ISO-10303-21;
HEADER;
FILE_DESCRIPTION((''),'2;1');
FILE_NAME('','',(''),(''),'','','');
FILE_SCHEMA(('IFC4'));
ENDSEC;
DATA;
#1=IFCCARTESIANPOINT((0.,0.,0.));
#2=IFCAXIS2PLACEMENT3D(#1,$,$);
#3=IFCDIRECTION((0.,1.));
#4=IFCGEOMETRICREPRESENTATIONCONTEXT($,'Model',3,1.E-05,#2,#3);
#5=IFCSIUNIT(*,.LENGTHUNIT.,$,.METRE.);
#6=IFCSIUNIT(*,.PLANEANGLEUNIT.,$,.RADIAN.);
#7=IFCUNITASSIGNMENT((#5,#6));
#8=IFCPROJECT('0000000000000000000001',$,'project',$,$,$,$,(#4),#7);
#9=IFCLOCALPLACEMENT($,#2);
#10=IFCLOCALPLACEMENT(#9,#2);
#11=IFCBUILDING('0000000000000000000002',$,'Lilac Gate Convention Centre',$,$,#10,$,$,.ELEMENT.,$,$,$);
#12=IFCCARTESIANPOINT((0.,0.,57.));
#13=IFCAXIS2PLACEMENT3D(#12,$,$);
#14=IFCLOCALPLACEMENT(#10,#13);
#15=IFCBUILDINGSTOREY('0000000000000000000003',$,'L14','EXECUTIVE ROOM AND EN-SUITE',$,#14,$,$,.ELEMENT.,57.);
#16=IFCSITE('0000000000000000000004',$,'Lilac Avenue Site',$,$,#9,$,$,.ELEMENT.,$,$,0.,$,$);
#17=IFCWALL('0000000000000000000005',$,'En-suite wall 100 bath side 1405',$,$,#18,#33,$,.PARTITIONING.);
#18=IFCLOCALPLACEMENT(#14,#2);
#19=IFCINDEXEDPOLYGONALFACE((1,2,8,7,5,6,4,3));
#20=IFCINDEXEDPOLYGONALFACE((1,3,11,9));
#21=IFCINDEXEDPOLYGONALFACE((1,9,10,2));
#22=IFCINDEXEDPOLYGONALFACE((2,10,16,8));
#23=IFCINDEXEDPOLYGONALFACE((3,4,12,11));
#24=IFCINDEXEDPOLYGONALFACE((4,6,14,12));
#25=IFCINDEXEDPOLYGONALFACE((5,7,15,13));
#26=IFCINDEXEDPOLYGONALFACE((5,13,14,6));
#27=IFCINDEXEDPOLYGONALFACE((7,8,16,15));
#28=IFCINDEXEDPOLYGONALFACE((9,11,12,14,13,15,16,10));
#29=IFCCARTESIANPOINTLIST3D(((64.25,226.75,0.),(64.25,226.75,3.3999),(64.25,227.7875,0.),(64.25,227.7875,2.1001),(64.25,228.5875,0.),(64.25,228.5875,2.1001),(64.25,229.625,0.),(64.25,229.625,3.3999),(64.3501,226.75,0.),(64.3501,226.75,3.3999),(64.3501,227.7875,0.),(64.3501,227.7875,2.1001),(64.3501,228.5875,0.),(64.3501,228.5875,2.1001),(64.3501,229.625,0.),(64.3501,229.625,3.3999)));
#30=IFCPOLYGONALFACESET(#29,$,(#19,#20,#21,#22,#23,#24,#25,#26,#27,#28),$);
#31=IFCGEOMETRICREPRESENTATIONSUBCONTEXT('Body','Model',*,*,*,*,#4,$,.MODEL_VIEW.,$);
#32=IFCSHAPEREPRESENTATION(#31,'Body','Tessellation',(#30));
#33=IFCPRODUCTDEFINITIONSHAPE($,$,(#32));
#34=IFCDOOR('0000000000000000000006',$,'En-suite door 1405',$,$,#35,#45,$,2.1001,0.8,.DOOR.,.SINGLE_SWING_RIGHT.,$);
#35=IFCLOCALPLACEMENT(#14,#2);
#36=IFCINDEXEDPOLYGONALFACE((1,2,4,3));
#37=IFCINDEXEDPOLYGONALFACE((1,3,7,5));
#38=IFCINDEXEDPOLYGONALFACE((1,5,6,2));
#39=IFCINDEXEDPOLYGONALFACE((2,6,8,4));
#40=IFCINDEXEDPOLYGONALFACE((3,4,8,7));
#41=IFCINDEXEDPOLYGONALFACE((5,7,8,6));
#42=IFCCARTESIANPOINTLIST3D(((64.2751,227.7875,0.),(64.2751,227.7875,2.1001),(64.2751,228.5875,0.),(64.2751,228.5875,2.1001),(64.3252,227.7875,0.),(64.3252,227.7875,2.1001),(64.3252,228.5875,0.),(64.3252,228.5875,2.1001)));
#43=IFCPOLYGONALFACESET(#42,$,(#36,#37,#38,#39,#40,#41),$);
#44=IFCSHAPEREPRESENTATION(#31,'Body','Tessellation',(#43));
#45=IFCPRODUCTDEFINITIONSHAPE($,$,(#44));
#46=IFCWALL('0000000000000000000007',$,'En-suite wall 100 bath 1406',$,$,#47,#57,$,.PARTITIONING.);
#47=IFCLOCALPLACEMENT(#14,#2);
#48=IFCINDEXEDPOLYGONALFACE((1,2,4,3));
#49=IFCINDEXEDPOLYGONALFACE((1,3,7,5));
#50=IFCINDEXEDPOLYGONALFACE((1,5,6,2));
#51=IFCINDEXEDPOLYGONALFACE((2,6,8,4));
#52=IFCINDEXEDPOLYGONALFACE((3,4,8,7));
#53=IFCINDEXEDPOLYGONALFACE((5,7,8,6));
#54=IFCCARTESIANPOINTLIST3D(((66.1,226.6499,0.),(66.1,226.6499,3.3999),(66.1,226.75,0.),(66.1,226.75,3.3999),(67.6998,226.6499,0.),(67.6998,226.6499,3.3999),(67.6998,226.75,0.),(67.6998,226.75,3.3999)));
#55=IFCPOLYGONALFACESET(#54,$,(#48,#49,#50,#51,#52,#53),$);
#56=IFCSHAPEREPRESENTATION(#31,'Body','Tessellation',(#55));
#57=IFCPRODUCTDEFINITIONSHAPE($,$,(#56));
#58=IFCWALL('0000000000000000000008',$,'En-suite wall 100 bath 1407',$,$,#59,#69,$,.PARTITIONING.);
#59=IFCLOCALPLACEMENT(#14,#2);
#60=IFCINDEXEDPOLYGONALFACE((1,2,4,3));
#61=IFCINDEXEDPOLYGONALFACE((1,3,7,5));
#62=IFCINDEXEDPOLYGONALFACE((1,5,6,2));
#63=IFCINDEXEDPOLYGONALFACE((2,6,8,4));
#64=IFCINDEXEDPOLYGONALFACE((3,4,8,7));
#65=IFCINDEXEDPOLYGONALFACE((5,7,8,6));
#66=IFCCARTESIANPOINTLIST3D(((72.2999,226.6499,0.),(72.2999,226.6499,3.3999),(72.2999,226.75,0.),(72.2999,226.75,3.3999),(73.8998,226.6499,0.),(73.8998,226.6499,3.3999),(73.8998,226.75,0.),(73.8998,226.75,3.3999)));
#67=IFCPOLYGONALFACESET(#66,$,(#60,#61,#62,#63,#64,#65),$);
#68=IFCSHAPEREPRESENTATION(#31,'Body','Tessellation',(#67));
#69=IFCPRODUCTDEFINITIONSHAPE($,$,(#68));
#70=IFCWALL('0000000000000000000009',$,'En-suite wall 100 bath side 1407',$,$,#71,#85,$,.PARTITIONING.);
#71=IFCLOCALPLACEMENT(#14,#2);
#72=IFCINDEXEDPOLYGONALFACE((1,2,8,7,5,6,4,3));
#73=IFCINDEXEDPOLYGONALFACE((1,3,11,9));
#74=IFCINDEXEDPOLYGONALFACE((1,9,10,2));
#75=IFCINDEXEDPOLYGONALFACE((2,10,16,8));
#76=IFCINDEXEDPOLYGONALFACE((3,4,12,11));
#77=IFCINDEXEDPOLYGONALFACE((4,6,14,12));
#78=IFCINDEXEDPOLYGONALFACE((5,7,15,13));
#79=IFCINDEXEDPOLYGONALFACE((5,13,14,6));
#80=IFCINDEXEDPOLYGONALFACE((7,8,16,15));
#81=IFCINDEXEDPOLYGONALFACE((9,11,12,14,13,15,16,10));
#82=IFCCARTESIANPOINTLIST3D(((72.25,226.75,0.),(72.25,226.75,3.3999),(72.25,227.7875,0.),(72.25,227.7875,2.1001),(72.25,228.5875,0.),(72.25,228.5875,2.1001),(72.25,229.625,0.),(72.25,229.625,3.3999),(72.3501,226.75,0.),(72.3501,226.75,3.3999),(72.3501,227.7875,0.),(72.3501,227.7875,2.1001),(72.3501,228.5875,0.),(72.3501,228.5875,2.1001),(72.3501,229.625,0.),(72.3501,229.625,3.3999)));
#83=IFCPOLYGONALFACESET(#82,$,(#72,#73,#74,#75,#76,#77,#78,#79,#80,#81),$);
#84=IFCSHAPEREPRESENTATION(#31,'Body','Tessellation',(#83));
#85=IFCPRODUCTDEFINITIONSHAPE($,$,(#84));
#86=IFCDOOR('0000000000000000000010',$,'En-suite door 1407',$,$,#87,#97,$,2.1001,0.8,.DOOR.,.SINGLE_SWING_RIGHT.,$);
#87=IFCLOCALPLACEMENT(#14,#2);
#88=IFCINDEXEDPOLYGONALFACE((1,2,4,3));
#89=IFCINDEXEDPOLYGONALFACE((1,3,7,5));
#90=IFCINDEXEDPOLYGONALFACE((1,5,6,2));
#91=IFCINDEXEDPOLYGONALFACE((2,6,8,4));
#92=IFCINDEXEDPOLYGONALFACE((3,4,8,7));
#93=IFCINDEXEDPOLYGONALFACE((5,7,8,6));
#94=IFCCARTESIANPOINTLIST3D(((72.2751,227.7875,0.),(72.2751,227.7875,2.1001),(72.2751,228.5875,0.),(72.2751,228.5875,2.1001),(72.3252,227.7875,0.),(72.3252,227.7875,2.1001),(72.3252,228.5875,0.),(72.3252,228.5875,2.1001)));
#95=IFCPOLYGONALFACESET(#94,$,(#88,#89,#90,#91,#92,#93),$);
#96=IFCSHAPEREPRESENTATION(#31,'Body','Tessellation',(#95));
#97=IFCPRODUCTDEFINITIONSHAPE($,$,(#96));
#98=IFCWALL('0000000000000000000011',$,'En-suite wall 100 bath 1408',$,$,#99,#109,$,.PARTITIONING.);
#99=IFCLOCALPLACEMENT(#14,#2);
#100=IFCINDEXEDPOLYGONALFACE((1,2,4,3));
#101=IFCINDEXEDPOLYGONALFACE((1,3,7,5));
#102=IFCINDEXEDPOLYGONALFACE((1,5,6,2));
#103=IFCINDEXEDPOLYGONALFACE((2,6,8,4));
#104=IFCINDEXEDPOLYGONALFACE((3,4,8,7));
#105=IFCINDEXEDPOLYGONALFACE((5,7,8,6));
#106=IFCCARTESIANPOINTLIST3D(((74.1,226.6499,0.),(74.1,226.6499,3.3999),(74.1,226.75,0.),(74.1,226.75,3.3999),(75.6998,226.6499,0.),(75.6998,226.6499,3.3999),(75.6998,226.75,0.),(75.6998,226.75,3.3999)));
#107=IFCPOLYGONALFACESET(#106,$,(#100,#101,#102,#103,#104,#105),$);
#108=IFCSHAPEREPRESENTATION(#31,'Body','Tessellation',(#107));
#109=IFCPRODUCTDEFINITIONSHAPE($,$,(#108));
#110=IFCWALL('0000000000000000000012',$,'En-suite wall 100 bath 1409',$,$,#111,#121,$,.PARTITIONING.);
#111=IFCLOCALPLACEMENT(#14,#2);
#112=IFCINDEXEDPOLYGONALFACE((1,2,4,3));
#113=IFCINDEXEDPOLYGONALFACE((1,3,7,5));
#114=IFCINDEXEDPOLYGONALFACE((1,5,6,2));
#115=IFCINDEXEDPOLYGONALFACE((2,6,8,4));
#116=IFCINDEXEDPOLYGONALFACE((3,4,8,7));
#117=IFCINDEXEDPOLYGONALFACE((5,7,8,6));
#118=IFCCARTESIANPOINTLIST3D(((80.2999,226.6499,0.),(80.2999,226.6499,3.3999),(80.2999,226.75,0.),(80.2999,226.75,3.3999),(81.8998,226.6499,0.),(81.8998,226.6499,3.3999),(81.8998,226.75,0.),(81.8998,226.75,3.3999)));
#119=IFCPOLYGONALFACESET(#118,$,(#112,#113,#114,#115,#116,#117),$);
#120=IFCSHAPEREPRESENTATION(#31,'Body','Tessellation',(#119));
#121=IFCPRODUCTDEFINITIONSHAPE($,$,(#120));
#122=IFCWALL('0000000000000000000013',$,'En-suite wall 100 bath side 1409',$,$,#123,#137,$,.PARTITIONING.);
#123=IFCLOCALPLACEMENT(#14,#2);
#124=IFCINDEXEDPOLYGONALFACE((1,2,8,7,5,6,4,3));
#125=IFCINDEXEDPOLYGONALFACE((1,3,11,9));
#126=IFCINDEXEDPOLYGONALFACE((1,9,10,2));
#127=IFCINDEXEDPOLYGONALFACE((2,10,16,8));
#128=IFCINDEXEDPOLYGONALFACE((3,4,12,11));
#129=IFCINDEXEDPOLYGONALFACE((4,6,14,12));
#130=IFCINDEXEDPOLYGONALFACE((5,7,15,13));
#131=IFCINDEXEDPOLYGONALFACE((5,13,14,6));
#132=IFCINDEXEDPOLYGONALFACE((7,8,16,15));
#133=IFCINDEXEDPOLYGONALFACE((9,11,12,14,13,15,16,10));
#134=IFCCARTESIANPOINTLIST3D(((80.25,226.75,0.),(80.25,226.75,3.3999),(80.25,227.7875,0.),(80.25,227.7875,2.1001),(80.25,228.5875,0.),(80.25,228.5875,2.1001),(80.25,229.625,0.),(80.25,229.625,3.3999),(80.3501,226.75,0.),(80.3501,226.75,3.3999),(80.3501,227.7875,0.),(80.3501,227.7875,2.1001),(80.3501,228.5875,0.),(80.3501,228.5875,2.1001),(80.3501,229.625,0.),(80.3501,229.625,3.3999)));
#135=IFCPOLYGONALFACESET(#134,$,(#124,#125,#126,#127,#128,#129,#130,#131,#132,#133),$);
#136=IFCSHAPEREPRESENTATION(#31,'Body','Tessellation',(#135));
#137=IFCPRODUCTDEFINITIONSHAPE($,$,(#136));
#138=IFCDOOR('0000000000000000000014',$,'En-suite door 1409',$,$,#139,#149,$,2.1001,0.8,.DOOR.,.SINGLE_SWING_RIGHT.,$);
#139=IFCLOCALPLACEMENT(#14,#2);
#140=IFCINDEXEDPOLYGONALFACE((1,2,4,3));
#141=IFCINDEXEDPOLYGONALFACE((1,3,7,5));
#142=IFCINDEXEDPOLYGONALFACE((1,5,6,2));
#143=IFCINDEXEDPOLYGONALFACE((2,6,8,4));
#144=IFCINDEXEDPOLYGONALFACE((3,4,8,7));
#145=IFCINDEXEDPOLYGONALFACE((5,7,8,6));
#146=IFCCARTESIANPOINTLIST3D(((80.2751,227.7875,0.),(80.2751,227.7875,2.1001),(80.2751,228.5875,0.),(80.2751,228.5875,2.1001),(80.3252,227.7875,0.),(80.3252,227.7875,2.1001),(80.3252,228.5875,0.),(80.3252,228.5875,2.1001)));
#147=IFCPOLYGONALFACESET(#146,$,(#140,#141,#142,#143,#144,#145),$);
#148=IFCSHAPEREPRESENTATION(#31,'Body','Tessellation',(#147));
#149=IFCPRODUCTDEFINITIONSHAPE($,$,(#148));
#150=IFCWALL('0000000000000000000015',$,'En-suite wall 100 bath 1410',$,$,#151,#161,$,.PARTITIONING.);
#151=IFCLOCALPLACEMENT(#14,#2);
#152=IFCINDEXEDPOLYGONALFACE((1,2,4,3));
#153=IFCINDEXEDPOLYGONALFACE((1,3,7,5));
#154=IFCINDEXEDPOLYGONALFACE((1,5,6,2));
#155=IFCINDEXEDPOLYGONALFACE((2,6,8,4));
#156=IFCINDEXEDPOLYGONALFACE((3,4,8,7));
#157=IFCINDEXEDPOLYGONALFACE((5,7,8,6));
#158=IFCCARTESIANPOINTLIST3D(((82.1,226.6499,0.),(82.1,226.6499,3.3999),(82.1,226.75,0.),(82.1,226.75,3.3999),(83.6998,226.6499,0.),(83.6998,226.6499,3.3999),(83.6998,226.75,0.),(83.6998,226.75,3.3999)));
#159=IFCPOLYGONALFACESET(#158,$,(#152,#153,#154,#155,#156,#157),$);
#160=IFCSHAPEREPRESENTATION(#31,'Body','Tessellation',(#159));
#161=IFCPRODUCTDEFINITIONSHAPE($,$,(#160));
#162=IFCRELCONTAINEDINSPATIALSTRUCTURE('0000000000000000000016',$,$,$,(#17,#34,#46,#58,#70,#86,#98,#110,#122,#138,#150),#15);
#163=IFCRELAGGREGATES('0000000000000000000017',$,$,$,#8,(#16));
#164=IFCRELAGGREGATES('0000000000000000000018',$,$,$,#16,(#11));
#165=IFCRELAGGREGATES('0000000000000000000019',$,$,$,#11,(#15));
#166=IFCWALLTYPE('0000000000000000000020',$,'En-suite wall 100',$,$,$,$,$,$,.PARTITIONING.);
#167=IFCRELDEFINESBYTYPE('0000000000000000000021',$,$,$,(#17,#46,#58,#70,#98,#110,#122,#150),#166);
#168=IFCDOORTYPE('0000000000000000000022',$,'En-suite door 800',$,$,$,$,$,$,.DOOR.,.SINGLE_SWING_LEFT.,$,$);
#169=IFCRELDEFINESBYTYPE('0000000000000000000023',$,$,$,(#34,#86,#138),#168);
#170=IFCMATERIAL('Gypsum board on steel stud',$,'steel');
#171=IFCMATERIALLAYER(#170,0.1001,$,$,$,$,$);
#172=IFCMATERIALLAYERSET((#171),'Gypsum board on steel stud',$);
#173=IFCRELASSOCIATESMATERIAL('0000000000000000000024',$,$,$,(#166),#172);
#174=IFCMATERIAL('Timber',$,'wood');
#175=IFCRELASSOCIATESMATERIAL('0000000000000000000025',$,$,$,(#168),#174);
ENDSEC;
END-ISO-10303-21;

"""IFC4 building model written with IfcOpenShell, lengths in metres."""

from ifc_helpers import new_model, si_unit, direction, frame, frame_2d, origin, place, context, subcontext, project, spatial, rectangle, extrude, material, layer, layer_set, type_object, element, fill, save


model = new_model("IFC4")

# Units and contexts
model_context = context("Model", 3, precision=1e-05, world=origin(), true_north=direction((0.0, 1.0)))
body_context = subcontext(model_context, "Body", "Model", "MODEL_VIEW")
ifc_project = project(units=[si_unit("LENGTHUNIT", "METRE"), si_unit("PLANEANGLEUNIT", "RADIAN")], contexts=[model_context])

# Site, building, storey
site_placement = place(None, origin())
site = spatial("IfcSite", under=ifc_project, at=site_placement, Name="Lilac Avenue Site", CompositionType="ELEMENT", RefElevation=0.0)
building_placement = place(site_placement, origin())
building = spatial("IfcBuilding", under=site, at=building_placement, Name="Lilac Gate Convention Centre", CompositionType="ELEMENT")
storey_placement = place(building_placement, frame((0.0, 0.0, 57.0)))
storey = spatial("IfcBuildingStorey", under=building, at=storey_placement, Name="L14", Description="EXECUTIVE ROOM AND EN-SUITE", CompositionType="ELEMENT", Elevation=57.0)

# Shared definitions
ifc_material_1 = material(Name="Gypsum board on steel stud", Category="steel")
ifc_layer_1 = layer(ifc_material_1, 0.1001)
ifc_layer_set_1 = layer_set([ifc_layer_1], Name="Gypsum board on steel stud")
wall_type_1 = type_object("IfcWallType", Name="En-suite wall 100", PredefinedType="PARTITIONING", material=ifc_layer_set_1)

# Shared definitions
ifc_material_2 = material(Name="Timber", Category="wood")
door_type = type_object("IfcDoorType", Name="En-suite door 800", OperationType="SINGLE_SWING_LEFT", PredefinedType="DOOR", material=ifc_material_2)

# Wall, opening, door
wall_1_placement = place(storey_placement, frame((64.3, 226.75, 0.0), z_axis=(0.0, 0.0, 1.0), x_axis=(0.0, 1.0, 0.0)))
wall_1 = element("IfcWall", 1, at=wall_1_placement, inside=storey, type_object=wall_type_1, Name="En-suite wall 100 bath side 1405", PredefinedType="PARTITIONING", context=body_context, shape_type="SweptSolid", body=[
    extrude(rectangle(XDim=2.875, YDim=0.1001, at=frame_2d((1.4375, 0.0))), origin(), (0.0, 0.0, 1.0), 3.3999),
])
opening_1_placement = place(wall_1_placement, frame((1.0376, 0.0, 0.0)))
opening_1 = element("IfcOpeningElement", 2, at=opening_1_placement, cuts=wall_1, PredefinedType="OPENING", context=body_context, shape_type="SweptSolid", body=[
    extrude(rectangle(XDim=0.8, YDim=2.1001, at=frame_2d((0.3999, 1.05))), frame((0.0, 0.0601, 0.0), z_axis=(0.0, -1.0, 0.0), x_axis=(1.0, 0.0, 0.0)), (0.0, 0.0, 1.0), 0.1201),
])
door_1_placement = place(opening_1_placement, origin())
door_1 = element("IfcDoor", 3, at=door_1_placement, inside=storey, type_object=door_type, Name="En-suite door 1405", OperationType="SINGLE_SWING_RIGHT", OverallHeight=2.1001, OverallWidth=0.8, PredefinedType="DOOR", context=body_context, shape_type="SweptSolid", body=[
    extrude(rectangle(XDim=0.8, YDim=2.1001, at=frame_2d((0.3999, 1.05))), frame((0.0, 0.0249, 0.0), z_axis=(0.0, -1.0, 0.0), x_axis=(1.0, 0.0, 0.0)), (0.0, 0.0, 1.0), 0.05),
])
fill(opening_1, door_1)

# Walls
for number, where, z_axis, x_axis, name in (
    (4, (66.1001, 226.7, 0.0), (0.0, 0.0, 1.0), (1.0, 0.0, 0.0), "En-suite wall 100 bath 1406"),
    (5, (72.3, 226.7, 0.0), (0.0, 0.0, 1.0), (1.0, 0.0, 0.0), "En-suite wall 100 bath 1407"),
):
    element("IfcWall", number, at=place(storey_placement, frame(where, z_axis=z_axis, x_axis=x_axis)), inside=storey, type_object=wall_type_1, Name=name, PredefinedType="PARTITIONING", context=body_context, shape_type="SweptSolid", body=[
        extrude(rectangle(XDim=1.5999, YDim=0.1001, at=frame_2d((0.7998, 0.0))), origin(), (0.0, 0.0, 1.0), 3.3999),
    ])

# Wall, opening, door
wall_2_placement = place(storey_placement, frame((72.3, 226.75, 0.0), z_axis=(0.0, 0.0, 1.0), x_axis=(0.0, 1.0, 0.0)))
wall_2 = element("IfcWall", 6, at=wall_2_placement, inside=storey, type_object=wall_type_1, Name="En-suite wall 100 bath side 1407", PredefinedType="PARTITIONING", context=body_context, shape_type="SweptSolid", body=[
    extrude(rectangle(XDim=2.875, YDim=0.1001, at=frame_2d((1.4375, 0.0))), origin(), (0.0, 0.0, 1.0), 3.3999),
])
opening_2_placement = place(wall_2_placement, frame((1.0376, 0.0, 0.0)))
opening_2 = element("IfcOpeningElement", 7, at=opening_2_placement, cuts=wall_2, PredefinedType="OPENING", context=body_context, shape_type="SweptSolid", body=[
    extrude(rectangle(XDim=0.8, YDim=2.1001, at=frame_2d((0.3999, 1.05))), frame((0.0, 0.0601, 0.0), z_axis=(0.0, -1.0, 0.0), x_axis=(1.0, 0.0, 0.0)), (0.0, 0.0, 1.0), 0.1201),
])
door_2_placement = place(opening_2_placement, origin())
door_2 = element("IfcDoor", 8, at=door_2_placement, inside=storey, type_object=door_type, Name="En-suite door 1407", OperationType="SINGLE_SWING_RIGHT", OverallHeight=2.1001, OverallWidth=0.8, PredefinedType="DOOR", context=body_context, shape_type="SweptSolid", body=[
    extrude(rectangle(XDim=0.8, YDim=2.1001, at=frame_2d((0.3999, 1.05))), frame((0.0, 0.0249, 0.0), z_axis=(0.0, -1.0, 0.0), x_axis=(1.0, 0.0, 0.0)), (0.0, 0.0, 1.0), 0.05),
])
fill(opening_2, door_2)

# Walls
for number, where, z_axis, x_axis, name in (
    (9, (74.1001, 226.7, 0.0), (0.0, 0.0, 1.0), (1.0, 0.0, 0.0), "En-suite wall 100 bath 1408"),
    (10, (80.3, 226.7, 0.0), (0.0, 0.0, 1.0), (1.0, 0.0, 0.0), "En-suite wall 100 bath 1409"),
):
    element("IfcWall", number, at=place(storey_placement, frame(where, z_axis=z_axis, x_axis=x_axis)), inside=storey, type_object=wall_type_1, Name=name, PredefinedType="PARTITIONING", context=body_context, shape_type="SweptSolid", body=[
        extrude(rectangle(XDim=1.5999, YDim=0.1001, at=frame_2d((0.7998, 0.0))), origin(), (0.0, 0.0, 1.0), 3.3999),
    ])

# Wall, opening, door
wall_3_placement = place(storey_placement, frame((80.3, 226.75, 0.0), z_axis=(0.0, 0.0, 1.0), x_axis=(0.0, 1.0, 0.0)))
wall_3 = element("IfcWall", 11, at=wall_3_placement, inside=storey, type_object=wall_type_1, Name="En-suite wall 100 bath side 1409", PredefinedType="PARTITIONING", context=body_context, shape_type="SweptSolid", body=[
    extrude(rectangle(XDim=2.875, YDim=0.1001, at=frame_2d((1.4375, 0.0))), origin(), (0.0, 0.0, 1.0), 3.3999),
])
opening_3_placement = place(wall_3_placement, frame((1.0376, 0.0, 0.0)))
opening_3 = element("IfcOpeningElement", 12, at=opening_3_placement, cuts=wall_3, PredefinedType="OPENING", context=body_context, shape_type="SweptSolid", body=[
    extrude(rectangle(XDim=0.8, YDim=2.1001, at=frame_2d((0.3999, 1.05))), frame((0.0, 0.0601, 0.0), z_axis=(0.0, -1.0, 0.0), x_axis=(1.0, 0.0, 0.0)), (0.0, 0.0, 1.0), 0.1201),
])
door_3_placement = place(opening_3_placement, origin())
door_3 = element("IfcDoor", 13, at=door_3_placement, inside=storey, type_object=door_type, Name="En-suite door 1409", OperationType="SINGLE_SWING_RIGHT", OverallHeight=2.1001, OverallWidth=0.8, PredefinedType="DOOR", context=body_context, shape_type="SweptSolid", body=[
    extrude(rectangle(XDim=0.8, YDim=2.1001, at=frame_2d((0.3999, 1.05))), frame((0.0, 0.0249, 0.0), z_axis=(0.0, -1.0, 0.0), x_axis=(1.0, 0.0, 0.0)), (0.0, 0.0, 1.0), 0.05),
])
fill(opening_3, door_3)

# Wall
wall_4_placement = place(storey_placement, frame((82.1001, 226.7, 0.0), z_axis=(0.0, 0.0, 1.0), x_axis=(1.0, 0.0, 0.0)))
element("IfcWall", 14, at=wall_4_placement, inside=storey, type_object=wall_type_1, Name="En-suite wall 100 bath 1410", PredefinedType="PARTITIONING", context=body_context, shape_type="SweptSolid", body=[
    extrude(rectangle(XDim=1.5999, YDim=0.1001, at=frame_2d((0.7998, 0.0))), origin(), (0.0, 0.0, 1.0), 3.3999),
])

save(model, "model.ifc")
